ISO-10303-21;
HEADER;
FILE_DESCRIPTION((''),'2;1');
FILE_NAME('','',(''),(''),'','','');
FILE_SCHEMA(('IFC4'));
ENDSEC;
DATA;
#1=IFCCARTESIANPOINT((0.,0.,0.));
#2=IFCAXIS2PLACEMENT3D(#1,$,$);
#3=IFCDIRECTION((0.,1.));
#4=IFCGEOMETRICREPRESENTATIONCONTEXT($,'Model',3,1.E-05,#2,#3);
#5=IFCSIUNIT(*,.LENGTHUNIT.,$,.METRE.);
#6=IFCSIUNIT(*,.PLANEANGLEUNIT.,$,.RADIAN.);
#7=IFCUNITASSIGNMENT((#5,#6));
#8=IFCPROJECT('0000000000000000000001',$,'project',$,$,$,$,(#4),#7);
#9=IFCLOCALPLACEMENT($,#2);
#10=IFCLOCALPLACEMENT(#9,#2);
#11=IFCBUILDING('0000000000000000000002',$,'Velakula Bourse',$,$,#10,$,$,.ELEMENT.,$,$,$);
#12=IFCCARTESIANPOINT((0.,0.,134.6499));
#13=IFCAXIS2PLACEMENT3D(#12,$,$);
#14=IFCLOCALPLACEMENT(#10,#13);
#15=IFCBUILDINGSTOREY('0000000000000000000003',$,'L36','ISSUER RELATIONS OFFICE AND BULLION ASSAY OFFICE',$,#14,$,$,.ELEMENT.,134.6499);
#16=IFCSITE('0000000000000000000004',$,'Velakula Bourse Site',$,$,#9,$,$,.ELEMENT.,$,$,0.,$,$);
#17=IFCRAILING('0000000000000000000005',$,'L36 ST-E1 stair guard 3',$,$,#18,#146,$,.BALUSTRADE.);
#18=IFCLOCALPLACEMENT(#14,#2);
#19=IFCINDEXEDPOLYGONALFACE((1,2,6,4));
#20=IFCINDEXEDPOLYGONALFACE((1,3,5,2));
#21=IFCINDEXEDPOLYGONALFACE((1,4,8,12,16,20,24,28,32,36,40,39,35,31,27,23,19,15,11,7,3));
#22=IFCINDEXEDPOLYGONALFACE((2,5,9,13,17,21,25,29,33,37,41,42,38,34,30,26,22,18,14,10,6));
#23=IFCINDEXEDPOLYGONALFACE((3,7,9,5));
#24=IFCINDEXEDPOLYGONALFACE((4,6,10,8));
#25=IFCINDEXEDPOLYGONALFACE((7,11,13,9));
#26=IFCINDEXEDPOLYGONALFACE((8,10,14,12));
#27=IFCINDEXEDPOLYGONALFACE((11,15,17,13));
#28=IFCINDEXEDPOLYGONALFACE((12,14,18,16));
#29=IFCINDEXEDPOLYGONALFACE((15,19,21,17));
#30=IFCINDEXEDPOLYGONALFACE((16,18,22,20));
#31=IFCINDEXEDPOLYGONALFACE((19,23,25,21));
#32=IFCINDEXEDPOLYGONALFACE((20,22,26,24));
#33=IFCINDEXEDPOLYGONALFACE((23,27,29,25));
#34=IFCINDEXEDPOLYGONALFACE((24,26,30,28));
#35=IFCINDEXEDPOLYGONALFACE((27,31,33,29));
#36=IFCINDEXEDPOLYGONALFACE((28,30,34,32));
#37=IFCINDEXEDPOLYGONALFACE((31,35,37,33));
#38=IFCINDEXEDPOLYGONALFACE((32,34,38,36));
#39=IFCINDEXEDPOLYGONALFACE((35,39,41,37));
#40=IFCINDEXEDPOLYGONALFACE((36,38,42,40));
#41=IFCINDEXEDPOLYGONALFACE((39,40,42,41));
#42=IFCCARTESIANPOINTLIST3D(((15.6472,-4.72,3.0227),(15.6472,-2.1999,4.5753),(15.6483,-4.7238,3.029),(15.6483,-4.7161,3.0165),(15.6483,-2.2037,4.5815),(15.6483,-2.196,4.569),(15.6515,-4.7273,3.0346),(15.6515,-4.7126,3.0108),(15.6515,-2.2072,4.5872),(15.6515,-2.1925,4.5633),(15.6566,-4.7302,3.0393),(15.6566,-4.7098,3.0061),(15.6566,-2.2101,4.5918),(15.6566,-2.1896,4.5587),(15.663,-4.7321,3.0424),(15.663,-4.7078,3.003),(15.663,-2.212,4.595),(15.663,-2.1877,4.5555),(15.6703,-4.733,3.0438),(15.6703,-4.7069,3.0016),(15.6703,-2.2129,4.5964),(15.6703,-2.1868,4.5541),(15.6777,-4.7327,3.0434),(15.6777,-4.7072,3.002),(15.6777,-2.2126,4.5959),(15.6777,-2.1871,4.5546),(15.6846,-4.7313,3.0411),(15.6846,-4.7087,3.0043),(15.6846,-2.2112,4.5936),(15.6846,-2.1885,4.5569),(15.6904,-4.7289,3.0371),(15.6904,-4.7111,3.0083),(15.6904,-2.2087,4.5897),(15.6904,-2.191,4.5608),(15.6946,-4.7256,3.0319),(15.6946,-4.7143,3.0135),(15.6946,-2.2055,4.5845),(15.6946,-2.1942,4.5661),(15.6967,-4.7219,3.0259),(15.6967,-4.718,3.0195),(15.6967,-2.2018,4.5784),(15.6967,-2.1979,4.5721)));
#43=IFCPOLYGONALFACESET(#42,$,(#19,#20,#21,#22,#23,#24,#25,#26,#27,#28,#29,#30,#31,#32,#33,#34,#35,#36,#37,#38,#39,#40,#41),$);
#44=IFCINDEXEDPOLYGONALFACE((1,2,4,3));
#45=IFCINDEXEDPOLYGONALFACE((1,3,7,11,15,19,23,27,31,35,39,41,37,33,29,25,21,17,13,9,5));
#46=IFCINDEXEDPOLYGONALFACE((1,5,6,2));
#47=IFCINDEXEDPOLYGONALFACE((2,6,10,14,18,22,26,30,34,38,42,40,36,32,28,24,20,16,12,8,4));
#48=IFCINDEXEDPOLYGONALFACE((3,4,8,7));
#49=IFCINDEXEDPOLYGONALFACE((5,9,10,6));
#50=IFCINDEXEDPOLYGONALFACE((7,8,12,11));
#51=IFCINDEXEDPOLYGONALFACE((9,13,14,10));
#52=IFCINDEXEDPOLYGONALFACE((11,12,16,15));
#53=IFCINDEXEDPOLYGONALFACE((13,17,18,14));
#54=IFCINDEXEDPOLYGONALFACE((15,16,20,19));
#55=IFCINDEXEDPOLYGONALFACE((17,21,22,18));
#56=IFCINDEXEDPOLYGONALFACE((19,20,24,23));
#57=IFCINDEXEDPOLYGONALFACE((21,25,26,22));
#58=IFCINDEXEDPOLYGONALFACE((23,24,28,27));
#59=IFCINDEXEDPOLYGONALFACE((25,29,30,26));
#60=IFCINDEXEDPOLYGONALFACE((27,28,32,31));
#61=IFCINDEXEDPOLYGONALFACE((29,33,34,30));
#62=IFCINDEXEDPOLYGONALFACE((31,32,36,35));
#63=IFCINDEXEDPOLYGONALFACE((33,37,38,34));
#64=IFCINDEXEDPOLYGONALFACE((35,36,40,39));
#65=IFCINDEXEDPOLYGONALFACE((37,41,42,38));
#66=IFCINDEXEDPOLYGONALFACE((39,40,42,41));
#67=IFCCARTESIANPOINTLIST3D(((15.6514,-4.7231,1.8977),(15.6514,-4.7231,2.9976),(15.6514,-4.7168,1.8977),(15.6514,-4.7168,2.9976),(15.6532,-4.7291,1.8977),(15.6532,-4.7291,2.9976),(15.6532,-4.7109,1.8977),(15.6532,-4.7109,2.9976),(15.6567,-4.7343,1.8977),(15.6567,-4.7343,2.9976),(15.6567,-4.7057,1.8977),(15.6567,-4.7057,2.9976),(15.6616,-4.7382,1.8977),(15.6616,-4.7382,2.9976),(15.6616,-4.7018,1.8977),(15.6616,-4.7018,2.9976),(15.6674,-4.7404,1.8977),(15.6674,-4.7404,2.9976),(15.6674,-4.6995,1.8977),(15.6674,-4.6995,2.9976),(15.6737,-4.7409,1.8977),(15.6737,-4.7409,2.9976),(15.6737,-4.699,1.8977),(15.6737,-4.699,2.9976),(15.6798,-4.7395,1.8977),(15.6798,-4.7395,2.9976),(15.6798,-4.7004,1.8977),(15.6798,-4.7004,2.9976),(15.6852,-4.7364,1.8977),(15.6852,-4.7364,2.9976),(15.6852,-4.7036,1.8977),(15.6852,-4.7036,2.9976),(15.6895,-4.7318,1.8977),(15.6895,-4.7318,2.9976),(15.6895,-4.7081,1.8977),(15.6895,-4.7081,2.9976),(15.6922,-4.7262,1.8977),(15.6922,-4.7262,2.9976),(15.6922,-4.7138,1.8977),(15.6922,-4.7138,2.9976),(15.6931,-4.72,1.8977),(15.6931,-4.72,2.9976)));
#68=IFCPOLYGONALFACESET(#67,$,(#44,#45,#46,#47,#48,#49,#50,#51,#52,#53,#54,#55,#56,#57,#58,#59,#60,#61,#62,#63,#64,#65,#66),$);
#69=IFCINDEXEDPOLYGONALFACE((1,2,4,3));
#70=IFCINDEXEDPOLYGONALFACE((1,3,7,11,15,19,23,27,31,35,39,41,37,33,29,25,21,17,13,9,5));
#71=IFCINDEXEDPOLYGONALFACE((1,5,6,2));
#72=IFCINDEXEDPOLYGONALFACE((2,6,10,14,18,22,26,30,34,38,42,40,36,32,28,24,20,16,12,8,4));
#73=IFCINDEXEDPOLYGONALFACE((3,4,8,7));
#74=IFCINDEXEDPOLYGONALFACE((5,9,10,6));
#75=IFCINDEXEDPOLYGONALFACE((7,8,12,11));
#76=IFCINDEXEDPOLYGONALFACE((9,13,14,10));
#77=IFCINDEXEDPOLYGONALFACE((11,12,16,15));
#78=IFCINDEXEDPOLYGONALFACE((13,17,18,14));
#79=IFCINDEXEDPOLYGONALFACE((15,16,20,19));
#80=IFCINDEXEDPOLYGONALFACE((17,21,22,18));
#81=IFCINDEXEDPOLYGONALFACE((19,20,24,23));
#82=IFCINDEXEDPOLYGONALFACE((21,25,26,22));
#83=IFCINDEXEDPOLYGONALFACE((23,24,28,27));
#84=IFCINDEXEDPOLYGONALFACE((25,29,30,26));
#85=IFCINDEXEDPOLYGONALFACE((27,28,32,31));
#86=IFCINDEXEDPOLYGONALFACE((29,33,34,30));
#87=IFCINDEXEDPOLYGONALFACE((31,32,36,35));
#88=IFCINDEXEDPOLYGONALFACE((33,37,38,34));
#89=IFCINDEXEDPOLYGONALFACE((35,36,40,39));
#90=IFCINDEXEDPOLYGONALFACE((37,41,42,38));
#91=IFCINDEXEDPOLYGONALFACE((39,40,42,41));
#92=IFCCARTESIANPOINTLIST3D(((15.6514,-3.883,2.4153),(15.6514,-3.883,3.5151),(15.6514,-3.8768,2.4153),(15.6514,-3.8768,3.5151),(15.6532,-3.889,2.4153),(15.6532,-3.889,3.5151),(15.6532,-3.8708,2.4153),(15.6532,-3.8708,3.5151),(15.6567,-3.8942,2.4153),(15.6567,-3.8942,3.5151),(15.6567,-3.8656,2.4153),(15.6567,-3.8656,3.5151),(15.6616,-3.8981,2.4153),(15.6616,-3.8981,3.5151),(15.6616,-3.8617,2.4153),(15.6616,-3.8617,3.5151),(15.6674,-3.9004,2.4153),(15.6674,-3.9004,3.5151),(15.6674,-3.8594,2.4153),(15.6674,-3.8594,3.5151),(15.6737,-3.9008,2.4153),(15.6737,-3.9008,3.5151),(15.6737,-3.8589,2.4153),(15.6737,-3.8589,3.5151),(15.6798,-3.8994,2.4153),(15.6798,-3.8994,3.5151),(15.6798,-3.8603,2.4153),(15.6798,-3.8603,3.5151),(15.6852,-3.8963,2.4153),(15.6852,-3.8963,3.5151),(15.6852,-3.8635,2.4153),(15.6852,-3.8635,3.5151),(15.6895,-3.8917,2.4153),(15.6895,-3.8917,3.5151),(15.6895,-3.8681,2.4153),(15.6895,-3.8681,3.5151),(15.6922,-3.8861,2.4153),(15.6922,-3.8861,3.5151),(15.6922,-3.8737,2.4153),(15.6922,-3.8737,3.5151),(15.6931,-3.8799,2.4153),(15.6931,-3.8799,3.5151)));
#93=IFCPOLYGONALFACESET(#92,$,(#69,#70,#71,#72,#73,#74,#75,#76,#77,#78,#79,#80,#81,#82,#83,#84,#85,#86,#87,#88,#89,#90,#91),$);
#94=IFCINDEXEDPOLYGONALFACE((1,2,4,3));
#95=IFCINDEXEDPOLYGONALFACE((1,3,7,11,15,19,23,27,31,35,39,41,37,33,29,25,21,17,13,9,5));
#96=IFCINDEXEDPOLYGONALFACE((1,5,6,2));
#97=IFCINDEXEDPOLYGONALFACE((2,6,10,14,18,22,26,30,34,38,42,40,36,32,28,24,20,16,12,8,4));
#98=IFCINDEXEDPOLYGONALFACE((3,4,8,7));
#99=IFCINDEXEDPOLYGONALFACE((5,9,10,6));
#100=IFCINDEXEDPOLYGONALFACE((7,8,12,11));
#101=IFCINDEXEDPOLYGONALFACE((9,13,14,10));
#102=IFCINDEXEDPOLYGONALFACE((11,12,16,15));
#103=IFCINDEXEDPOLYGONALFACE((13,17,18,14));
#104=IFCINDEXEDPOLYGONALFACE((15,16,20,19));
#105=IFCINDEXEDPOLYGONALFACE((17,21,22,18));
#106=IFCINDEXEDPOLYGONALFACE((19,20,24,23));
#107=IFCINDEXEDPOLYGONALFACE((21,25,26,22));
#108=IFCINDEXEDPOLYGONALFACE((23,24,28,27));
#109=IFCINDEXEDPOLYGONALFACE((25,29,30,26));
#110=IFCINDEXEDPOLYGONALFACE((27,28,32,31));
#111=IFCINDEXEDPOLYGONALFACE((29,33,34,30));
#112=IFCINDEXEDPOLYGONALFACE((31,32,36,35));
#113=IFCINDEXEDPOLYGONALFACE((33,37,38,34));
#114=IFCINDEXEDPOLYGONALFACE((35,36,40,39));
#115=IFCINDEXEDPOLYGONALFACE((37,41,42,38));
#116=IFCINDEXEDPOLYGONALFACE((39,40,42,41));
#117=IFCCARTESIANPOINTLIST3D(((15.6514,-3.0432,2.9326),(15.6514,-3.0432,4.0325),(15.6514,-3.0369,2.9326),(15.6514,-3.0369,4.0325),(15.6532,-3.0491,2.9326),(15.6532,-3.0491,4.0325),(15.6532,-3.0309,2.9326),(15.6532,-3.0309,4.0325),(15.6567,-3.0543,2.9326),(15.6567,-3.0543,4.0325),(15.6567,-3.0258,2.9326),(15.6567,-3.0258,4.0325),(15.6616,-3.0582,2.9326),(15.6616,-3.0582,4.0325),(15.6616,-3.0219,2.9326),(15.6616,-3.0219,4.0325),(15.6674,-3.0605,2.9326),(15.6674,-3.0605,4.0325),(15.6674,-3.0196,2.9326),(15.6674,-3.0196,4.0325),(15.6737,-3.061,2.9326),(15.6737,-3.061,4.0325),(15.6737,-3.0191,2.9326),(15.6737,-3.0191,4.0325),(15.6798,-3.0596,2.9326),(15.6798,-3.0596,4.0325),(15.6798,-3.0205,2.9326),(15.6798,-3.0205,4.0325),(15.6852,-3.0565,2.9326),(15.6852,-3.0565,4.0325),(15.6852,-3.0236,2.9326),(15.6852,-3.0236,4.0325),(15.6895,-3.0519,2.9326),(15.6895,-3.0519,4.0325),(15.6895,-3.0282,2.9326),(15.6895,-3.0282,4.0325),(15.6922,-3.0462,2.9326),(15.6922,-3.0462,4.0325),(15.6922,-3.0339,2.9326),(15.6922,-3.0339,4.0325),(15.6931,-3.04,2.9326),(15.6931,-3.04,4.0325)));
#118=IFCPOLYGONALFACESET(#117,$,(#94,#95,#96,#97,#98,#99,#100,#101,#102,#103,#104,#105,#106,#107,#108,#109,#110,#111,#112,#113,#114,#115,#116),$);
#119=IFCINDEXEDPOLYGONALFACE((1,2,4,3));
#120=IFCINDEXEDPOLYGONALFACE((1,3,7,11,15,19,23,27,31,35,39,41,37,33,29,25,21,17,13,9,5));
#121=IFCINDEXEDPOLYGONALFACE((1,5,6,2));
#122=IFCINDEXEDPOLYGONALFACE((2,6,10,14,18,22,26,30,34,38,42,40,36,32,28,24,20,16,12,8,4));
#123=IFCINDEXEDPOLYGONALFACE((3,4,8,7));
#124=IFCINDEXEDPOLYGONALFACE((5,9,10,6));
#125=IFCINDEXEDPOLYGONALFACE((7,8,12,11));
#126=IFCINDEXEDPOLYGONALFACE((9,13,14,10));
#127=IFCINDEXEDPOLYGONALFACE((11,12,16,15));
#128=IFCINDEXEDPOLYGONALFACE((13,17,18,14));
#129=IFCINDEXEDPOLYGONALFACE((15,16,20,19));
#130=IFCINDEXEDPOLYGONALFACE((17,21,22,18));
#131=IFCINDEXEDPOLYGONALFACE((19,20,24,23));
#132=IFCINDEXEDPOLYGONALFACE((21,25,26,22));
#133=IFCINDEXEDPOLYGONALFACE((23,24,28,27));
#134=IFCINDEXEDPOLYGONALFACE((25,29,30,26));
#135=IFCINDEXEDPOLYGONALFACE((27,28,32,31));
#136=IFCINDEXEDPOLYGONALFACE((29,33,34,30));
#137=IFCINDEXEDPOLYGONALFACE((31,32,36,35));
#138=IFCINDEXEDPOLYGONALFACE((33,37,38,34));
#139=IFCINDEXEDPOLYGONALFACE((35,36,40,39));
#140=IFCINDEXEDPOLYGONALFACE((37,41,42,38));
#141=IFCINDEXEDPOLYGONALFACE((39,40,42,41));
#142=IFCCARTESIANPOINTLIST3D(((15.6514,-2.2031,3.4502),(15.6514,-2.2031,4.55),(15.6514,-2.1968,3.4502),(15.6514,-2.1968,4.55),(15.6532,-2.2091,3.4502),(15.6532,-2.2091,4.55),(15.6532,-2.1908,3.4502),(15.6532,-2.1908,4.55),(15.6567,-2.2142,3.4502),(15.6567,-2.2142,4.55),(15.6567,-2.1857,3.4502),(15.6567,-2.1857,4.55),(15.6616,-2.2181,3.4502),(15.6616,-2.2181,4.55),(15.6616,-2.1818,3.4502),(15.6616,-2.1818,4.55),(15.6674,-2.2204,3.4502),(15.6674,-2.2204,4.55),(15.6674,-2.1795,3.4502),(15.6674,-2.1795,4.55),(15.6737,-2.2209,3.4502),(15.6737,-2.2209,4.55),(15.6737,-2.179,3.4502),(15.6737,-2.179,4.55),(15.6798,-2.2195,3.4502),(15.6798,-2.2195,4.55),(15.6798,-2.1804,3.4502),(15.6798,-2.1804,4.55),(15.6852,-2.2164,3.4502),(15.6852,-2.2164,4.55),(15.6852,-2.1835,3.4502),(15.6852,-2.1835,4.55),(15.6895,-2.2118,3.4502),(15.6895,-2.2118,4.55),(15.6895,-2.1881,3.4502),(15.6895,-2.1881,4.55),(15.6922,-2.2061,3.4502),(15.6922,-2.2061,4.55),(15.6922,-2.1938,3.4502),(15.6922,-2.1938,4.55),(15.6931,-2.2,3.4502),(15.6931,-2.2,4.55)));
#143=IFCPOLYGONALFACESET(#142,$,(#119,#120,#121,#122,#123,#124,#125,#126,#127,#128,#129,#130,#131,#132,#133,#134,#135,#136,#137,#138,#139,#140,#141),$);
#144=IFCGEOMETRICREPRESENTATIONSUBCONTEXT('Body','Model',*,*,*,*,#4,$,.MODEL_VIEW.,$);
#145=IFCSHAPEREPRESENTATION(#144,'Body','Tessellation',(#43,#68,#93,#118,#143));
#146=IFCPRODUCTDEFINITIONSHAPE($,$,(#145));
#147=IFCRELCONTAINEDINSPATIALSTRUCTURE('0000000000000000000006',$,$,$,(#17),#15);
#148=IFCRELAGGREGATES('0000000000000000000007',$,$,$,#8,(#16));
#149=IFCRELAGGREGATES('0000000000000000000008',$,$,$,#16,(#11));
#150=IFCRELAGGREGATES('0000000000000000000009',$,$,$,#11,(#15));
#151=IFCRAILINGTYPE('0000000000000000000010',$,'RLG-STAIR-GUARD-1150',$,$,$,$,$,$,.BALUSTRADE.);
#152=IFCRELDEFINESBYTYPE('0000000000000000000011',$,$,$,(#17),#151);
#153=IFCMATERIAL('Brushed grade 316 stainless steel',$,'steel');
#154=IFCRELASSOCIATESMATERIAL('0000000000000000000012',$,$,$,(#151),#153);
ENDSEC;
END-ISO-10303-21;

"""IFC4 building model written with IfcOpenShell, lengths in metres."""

from ifc_helpers import new_model, si_unit, direction, frame, origin, origin_2d, place, context, subcontext, project, spatial, circle, extrude, material, type_object, element, save


model = new_model("IFC4")

# Units and contexts
model_context = context("Model", 3, precision=1e-05, world=origin(), true_north=direction((0.0, 1.0)))
body_context = subcontext(model_context, "Body", "Model", "MODEL_VIEW")
ifc_project = project(units=[si_unit("LENGTHUNIT", "METRE"), si_unit("PLANEANGLEUNIT", "RADIAN")], contexts=[model_context])

# Site, building, storey
site_placement = place(None, origin())
site = spatial("IfcSite", under=ifc_project, at=site_placement, Name="Velakula Bourse Site", CompositionType="ELEMENT", RefElevation=0.0)
building_placement = place(site_placement, origin())
building = spatial("IfcBuilding", under=site, at=building_placement, Name="Velakula Bourse", CompositionType="ELEMENT")
storey_placement = place(building_placement, frame((0.0, 0.0, 134.6499)))
storey = spatial("IfcBuildingStorey", under=building, at=storey_placement, Name="L36", Description="ISSUER RELATIONS OFFICE AND BULLION ASSAY OFFICE", CompositionType="ELEMENT", Elevation=134.6499)

# Shared definitions
ifc_material_1 = material(Name="Brushed grade 316 stainless steel", Category="steel")

# Railing
railing_type_1 = type_object("IfcRailingType", Name="RLG-STAIR-GUARD-1150", PredefinedType="BALUSTRADE", material=ifc_material_1)
railing_1_placement = place(storey_placement, frame((15.6721, -4.72, 1.8977)))
element("IfcRailing", 1, at=railing_1_placement, inside=storey, type_object=railing_type_1, Name="L36 ST-E1 stair guard 3", PredefinedType="BALUSTRADE", context=body_context, shape_type="SweptSolid", body=[
    extrude(circle(Radius=0.0249, at=origin_2d()), frame((0.0, 0.0, 1.125), z_axis=(0.0, 0.8514, 0.524516), x_axis=(-1.0, 0.0, 0.0)), (0.0, 0.0, 1.0), 2.96),
    extrude(circle(Radius=0.021, at=origin_2d()), origin(), (0.0, 0.0, 1.0), 1.0999),
    extrude(circle(Radius=0.021, at=origin_2d()), frame((0.0, 0.8401, 0.5176)), (0.0, 0.0, 1.0), 1.0999),
    extrude(circle(Radius=0.021, at=origin_2d()), frame((0.0, 1.6799, 1.0349)), (0.0, 0.0, 1.0), 1.0999),
    extrude(circle(Radius=0.021, at=origin_2d()), frame((0.0, 2.52, 1.5525)), (0.0, 0.0, 1.0), 1.0999),
])

save(model, "model.ifc")
